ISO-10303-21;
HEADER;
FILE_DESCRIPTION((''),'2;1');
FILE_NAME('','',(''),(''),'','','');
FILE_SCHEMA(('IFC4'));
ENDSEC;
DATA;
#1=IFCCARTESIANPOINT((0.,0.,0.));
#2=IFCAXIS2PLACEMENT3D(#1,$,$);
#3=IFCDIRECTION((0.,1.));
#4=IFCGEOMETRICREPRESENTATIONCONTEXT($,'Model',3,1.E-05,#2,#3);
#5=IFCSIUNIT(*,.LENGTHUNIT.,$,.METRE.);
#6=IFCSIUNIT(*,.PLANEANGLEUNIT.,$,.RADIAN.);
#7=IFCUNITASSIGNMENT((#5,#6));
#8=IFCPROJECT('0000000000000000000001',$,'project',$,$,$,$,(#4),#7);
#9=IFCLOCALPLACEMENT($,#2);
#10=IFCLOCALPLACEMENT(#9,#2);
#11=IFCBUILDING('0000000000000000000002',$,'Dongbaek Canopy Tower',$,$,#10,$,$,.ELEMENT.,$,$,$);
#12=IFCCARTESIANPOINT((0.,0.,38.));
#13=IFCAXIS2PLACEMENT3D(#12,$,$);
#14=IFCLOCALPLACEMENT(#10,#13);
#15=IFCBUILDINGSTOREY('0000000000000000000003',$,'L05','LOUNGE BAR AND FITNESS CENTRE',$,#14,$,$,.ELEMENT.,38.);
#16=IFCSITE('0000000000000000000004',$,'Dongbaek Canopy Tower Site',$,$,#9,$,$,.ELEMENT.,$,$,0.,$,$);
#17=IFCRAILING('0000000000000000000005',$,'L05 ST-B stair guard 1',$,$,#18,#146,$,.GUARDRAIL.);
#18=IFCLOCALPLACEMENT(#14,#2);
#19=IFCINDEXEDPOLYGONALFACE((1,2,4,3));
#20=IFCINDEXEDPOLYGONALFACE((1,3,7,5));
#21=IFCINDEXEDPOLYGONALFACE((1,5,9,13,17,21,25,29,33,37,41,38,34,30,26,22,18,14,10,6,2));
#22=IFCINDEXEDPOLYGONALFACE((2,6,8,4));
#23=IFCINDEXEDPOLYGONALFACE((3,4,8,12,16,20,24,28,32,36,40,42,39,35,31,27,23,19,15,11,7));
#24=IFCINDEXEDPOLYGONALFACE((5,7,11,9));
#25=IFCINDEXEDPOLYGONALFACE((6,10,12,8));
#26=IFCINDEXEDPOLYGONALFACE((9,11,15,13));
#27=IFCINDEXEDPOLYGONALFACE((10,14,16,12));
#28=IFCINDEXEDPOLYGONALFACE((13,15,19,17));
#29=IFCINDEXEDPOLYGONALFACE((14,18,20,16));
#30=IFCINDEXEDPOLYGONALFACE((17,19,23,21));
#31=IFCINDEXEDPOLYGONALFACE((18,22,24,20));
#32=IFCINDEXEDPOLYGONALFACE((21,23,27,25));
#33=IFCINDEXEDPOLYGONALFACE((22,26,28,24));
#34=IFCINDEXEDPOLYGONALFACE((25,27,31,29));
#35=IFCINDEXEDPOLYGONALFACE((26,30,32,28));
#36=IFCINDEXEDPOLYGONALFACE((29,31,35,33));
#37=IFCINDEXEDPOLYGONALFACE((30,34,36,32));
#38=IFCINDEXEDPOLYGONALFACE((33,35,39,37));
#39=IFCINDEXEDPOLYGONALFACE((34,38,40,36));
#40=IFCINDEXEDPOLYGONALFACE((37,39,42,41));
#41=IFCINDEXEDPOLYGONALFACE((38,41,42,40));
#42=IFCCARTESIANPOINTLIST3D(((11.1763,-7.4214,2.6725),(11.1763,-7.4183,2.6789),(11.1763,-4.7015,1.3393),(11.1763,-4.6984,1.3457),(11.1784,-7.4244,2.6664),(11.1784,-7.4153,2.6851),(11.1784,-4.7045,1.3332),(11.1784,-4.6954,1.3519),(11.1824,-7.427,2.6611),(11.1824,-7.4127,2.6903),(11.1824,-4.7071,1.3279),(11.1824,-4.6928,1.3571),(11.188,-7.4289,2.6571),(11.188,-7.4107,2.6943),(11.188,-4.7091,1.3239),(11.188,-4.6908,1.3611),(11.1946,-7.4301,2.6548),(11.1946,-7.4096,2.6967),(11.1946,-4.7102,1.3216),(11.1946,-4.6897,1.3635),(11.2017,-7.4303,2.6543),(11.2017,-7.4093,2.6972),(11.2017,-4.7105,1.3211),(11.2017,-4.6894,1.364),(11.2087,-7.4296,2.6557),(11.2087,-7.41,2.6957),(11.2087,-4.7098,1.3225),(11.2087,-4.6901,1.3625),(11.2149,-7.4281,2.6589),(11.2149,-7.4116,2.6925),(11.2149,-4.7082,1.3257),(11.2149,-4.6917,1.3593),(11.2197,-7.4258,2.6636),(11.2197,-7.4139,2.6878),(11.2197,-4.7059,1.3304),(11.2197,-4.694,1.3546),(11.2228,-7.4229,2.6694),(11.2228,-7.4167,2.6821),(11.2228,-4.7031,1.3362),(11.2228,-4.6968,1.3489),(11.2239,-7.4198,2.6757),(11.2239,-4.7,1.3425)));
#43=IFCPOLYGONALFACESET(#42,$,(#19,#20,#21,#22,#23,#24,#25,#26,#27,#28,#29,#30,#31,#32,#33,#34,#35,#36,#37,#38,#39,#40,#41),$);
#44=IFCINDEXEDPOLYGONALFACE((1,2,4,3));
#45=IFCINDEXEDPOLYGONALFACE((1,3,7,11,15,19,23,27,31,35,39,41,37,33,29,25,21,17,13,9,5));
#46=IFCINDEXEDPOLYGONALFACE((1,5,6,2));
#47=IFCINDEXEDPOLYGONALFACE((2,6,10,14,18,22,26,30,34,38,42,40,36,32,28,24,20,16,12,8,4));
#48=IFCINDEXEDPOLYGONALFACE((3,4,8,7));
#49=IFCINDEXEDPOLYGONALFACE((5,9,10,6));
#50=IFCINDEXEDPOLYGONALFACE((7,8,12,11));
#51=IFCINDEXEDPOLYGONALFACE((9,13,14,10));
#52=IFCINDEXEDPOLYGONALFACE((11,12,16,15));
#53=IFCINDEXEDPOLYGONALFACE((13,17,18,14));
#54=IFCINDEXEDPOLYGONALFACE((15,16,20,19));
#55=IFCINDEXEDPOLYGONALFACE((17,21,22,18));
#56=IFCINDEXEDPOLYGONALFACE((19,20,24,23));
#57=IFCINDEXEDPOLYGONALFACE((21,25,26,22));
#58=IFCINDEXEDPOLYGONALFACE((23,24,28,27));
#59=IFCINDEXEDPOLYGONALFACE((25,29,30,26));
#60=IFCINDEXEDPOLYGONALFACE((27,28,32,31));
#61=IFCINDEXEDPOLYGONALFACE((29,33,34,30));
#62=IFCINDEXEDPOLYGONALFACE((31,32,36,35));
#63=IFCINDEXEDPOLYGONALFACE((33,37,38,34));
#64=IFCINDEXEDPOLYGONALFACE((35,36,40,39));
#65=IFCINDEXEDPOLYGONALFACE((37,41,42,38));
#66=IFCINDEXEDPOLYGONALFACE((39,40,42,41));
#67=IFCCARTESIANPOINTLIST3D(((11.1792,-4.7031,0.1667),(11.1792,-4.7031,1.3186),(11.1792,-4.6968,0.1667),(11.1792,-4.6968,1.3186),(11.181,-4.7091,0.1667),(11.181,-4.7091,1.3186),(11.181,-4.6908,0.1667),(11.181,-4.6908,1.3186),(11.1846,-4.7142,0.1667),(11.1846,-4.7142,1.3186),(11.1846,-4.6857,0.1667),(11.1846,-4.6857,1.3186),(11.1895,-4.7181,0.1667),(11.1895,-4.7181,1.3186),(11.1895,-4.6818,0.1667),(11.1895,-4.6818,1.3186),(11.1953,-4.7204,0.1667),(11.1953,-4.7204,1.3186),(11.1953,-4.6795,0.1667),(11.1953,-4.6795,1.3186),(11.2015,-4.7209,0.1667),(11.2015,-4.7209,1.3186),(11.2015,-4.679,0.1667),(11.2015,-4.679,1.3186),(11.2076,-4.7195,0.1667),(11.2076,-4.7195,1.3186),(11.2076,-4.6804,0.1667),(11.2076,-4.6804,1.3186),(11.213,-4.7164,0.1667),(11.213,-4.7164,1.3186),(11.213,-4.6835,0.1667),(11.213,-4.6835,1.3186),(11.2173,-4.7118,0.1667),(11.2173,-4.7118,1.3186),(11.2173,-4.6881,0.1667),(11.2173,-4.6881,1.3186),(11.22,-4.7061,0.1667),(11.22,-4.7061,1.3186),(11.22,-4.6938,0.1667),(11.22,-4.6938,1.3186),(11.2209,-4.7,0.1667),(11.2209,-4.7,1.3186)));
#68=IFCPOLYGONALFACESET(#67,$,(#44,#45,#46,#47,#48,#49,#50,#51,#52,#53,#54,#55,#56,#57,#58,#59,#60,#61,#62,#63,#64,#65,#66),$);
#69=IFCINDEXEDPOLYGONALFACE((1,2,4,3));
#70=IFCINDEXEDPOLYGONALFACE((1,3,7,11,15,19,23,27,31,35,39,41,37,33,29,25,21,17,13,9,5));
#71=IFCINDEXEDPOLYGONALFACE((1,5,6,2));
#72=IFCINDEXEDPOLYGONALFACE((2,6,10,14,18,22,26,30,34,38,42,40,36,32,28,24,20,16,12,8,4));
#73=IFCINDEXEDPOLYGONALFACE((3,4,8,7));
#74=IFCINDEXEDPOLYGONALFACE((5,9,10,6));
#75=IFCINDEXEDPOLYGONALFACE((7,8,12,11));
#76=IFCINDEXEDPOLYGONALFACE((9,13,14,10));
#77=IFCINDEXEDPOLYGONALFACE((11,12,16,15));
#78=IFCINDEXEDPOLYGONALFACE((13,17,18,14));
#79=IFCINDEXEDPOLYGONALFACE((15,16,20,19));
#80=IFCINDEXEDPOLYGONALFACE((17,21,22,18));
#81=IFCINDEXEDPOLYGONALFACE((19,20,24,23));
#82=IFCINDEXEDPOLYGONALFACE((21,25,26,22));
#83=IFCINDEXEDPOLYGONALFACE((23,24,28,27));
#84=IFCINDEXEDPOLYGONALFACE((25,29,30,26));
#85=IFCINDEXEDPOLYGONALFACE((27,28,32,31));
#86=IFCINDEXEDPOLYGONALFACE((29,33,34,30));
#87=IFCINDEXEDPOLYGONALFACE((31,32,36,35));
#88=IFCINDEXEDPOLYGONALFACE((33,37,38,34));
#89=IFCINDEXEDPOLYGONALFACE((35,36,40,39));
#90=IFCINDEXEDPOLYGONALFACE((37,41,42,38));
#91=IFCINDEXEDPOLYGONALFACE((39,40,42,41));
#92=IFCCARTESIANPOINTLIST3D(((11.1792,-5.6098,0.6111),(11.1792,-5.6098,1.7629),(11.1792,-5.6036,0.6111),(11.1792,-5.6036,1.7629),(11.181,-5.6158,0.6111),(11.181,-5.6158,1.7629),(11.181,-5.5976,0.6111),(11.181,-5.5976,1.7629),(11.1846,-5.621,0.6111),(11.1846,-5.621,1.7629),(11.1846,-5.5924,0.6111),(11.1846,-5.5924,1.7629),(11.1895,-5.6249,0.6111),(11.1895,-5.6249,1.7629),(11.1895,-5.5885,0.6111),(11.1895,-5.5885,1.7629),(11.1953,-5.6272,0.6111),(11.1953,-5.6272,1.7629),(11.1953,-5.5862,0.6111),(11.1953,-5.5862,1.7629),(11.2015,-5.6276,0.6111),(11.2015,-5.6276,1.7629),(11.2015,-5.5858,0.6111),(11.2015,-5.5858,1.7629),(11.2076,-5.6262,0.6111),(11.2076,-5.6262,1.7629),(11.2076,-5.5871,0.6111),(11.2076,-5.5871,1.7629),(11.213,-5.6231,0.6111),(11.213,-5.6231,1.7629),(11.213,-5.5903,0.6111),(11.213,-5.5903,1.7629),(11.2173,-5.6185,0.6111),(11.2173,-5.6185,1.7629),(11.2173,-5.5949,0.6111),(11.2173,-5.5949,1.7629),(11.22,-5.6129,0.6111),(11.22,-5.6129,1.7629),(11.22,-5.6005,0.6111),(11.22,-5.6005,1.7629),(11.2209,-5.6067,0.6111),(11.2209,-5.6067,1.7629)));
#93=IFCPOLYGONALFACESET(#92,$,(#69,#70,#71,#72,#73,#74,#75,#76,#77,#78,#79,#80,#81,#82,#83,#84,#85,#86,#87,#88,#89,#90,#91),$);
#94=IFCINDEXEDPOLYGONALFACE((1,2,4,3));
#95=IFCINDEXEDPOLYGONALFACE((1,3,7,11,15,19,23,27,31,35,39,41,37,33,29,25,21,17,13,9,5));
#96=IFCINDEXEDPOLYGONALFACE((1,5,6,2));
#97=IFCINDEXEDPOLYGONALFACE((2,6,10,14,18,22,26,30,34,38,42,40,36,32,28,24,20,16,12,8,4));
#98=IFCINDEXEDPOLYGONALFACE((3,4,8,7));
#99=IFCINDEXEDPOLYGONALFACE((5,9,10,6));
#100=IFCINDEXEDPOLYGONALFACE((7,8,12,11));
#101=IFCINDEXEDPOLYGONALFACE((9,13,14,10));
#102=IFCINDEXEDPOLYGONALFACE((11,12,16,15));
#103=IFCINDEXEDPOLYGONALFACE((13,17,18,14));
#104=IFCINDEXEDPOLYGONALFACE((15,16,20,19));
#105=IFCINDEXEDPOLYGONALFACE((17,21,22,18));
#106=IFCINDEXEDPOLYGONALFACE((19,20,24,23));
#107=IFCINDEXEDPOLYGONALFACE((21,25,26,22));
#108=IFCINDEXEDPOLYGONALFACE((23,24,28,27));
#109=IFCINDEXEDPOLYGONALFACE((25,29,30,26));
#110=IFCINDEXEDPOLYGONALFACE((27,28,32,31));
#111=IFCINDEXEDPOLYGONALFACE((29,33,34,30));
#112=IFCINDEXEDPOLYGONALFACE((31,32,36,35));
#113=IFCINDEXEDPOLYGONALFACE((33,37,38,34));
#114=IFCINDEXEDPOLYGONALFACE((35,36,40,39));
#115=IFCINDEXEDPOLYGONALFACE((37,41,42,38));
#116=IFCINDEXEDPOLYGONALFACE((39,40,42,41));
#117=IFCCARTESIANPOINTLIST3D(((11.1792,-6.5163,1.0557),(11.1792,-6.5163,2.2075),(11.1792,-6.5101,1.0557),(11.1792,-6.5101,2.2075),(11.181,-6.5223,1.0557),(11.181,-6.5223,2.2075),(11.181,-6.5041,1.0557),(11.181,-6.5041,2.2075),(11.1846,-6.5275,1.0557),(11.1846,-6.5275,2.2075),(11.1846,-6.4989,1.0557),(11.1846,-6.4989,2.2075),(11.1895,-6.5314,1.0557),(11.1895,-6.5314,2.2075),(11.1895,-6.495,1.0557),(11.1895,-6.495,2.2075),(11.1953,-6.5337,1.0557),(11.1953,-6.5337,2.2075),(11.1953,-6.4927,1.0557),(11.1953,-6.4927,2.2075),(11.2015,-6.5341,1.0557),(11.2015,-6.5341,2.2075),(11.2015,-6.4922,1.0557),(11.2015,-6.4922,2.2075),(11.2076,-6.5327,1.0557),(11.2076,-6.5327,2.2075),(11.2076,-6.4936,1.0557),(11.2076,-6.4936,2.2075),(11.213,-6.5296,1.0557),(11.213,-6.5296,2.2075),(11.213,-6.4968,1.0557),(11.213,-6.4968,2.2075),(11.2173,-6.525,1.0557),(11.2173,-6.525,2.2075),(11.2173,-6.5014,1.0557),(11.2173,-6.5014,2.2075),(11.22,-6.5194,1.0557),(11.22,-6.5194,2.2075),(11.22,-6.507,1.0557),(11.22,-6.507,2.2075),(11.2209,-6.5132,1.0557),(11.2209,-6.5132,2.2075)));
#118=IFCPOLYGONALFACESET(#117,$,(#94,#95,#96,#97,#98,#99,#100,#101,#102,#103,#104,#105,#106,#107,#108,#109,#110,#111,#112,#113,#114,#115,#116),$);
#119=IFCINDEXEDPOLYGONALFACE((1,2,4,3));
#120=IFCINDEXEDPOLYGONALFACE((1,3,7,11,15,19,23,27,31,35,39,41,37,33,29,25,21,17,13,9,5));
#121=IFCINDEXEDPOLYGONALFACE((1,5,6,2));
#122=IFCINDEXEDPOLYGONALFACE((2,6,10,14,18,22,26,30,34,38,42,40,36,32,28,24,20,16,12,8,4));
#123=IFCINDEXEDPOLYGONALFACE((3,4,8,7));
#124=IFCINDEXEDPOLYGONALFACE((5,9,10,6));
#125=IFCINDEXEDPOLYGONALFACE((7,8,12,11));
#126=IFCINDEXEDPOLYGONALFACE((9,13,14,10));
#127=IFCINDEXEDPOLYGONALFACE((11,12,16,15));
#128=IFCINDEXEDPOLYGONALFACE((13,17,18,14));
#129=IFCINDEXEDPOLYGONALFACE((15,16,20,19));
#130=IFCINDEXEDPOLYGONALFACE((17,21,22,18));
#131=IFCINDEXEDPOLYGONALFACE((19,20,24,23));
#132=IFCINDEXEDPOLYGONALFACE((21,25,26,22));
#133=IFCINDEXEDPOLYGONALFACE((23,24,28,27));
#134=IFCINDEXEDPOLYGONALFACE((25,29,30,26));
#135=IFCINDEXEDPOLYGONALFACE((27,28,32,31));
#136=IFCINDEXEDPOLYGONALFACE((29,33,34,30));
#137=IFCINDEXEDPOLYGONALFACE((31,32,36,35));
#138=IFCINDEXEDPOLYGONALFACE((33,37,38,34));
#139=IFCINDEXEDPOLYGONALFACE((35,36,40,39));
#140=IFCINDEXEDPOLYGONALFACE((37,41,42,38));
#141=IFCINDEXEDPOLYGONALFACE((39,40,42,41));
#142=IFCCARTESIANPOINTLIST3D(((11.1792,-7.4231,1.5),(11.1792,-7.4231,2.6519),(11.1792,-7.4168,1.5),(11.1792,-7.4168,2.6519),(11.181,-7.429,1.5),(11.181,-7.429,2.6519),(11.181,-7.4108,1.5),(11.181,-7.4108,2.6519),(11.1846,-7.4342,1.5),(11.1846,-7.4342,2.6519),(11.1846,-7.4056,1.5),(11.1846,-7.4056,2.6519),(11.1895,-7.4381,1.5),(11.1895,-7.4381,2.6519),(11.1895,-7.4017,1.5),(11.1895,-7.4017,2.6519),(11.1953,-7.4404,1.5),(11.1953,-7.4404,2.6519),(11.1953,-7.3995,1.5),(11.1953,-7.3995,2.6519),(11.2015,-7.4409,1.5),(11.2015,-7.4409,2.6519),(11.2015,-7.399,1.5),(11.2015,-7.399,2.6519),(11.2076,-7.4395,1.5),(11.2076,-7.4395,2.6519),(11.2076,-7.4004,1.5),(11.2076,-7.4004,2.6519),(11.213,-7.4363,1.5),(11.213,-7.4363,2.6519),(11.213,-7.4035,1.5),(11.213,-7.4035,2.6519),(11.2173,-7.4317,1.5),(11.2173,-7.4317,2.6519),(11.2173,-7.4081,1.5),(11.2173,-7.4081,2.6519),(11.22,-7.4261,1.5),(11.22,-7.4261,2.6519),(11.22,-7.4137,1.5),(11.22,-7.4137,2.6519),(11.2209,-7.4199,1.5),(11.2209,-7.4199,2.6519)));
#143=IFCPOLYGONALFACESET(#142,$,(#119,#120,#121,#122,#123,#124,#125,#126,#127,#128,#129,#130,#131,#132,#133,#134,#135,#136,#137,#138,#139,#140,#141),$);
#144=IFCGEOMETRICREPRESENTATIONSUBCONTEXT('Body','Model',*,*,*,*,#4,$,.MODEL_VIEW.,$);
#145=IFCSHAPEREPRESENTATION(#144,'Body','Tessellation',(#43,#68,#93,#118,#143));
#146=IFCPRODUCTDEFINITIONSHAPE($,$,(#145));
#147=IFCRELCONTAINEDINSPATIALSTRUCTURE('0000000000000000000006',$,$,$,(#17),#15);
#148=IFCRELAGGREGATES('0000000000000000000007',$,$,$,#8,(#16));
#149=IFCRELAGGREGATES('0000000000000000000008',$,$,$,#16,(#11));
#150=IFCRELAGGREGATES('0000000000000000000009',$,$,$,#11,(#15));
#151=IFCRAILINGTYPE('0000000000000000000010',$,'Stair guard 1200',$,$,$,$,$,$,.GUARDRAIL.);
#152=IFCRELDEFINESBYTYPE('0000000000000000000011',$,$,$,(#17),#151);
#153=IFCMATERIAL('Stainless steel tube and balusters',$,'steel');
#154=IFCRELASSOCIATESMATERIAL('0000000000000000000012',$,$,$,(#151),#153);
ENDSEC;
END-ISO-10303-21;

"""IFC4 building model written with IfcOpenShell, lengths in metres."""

from ifc_helpers import new_model, si_unit, direction, frame, origin, origin_2d, place, context, subcontext, project, spatial, circle, extrude, material, type_object, element, save


model = new_model("IFC4")

# Units and contexts
model_context = context("Model", 3, precision=1e-05, world=origin(), true_north=direction((0.0, 1.0)))
body_context = subcontext(model_context, "Body", "Model", "MODEL_VIEW")
ifc_project = project(units=[si_unit("LENGTHUNIT", "METRE"), si_unit("PLANEANGLEUNIT", "RADIAN")], contexts=[model_context])

# Site, building, storey
site_placement = place(None, origin())
site = spatial("IfcSite", under=ifc_project, at=site_placement, Name="Dongbaek Canopy Tower Site", CompositionType="ELEMENT", RefElevation=0.0)
building_placement = place(site_placement, origin())
building = spatial("IfcBuilding", under=site, at=building_placement, Name="Dongbaek Canopy Tower", CompositionType="ELEMENT")
storey_placement = place(building_placement, frame((0.0, 0.0, 38.0)))
storey = spatial("IfcBuildingStorey", under=building, at=storey_placement, Name="L05", Description="LOUNGE BAR AND FITNESS CENTRE", CompositionType="ELEMENT", Elevation=38.0)

# Railing
ifc_material_1 = material(Name="Stainless steel tube and balusters", Category="steel")
railing_type_1 = type_object("IfcRailingType", Name="Stair guard 1200", PredefinedType="GUARDRAIL", material=ifc_material_1)
railing_1_placement = place(storey_placement, frame((11.2, -4.7, 0.1667)))
element("IfcRailing", 1, at=railing_1_placement, inside=storey, type_object=railing_type_1, Name="L05 ST-B stair guard 1", PredefinedType="GUARDRAIL", context=body_context, shape_type="SweptSolid", body=[
    extrude(circle(Radius=0.0239, at=origin_2d()), frame((0.0, 0.0, 1.1758), z_axis=(0.0, -0.897929, 0.440139), x_axis=(1.0, 0.0, 0.0)), (0.0, 0.0, 1.0), 3.0291),
    extrude(circle(Radius=0.021, at=origin_2d()), origin(), (0.0, 0.0, 1.0), 1.1519),
    extrude(circle(Radius=0.021, at=origin_2d()), frame((0.0, -0.9067, 0.4443)), (0.0, 0.0, 1.0), 1.1519),
    extrude(circle(Radius=0.021, at=origin_2d()), frame((0.0, -1.8132, 0.8889)), (0.0, 0.0, 1.0), 1.1519),
    extrude(circle(Radius=0.021, at=origin_2d()), frame((0.0, -2.72, 1.3333)), (0.0, 0.0, 1.0), 1.1519),
])

save(model, "model.ifc")
